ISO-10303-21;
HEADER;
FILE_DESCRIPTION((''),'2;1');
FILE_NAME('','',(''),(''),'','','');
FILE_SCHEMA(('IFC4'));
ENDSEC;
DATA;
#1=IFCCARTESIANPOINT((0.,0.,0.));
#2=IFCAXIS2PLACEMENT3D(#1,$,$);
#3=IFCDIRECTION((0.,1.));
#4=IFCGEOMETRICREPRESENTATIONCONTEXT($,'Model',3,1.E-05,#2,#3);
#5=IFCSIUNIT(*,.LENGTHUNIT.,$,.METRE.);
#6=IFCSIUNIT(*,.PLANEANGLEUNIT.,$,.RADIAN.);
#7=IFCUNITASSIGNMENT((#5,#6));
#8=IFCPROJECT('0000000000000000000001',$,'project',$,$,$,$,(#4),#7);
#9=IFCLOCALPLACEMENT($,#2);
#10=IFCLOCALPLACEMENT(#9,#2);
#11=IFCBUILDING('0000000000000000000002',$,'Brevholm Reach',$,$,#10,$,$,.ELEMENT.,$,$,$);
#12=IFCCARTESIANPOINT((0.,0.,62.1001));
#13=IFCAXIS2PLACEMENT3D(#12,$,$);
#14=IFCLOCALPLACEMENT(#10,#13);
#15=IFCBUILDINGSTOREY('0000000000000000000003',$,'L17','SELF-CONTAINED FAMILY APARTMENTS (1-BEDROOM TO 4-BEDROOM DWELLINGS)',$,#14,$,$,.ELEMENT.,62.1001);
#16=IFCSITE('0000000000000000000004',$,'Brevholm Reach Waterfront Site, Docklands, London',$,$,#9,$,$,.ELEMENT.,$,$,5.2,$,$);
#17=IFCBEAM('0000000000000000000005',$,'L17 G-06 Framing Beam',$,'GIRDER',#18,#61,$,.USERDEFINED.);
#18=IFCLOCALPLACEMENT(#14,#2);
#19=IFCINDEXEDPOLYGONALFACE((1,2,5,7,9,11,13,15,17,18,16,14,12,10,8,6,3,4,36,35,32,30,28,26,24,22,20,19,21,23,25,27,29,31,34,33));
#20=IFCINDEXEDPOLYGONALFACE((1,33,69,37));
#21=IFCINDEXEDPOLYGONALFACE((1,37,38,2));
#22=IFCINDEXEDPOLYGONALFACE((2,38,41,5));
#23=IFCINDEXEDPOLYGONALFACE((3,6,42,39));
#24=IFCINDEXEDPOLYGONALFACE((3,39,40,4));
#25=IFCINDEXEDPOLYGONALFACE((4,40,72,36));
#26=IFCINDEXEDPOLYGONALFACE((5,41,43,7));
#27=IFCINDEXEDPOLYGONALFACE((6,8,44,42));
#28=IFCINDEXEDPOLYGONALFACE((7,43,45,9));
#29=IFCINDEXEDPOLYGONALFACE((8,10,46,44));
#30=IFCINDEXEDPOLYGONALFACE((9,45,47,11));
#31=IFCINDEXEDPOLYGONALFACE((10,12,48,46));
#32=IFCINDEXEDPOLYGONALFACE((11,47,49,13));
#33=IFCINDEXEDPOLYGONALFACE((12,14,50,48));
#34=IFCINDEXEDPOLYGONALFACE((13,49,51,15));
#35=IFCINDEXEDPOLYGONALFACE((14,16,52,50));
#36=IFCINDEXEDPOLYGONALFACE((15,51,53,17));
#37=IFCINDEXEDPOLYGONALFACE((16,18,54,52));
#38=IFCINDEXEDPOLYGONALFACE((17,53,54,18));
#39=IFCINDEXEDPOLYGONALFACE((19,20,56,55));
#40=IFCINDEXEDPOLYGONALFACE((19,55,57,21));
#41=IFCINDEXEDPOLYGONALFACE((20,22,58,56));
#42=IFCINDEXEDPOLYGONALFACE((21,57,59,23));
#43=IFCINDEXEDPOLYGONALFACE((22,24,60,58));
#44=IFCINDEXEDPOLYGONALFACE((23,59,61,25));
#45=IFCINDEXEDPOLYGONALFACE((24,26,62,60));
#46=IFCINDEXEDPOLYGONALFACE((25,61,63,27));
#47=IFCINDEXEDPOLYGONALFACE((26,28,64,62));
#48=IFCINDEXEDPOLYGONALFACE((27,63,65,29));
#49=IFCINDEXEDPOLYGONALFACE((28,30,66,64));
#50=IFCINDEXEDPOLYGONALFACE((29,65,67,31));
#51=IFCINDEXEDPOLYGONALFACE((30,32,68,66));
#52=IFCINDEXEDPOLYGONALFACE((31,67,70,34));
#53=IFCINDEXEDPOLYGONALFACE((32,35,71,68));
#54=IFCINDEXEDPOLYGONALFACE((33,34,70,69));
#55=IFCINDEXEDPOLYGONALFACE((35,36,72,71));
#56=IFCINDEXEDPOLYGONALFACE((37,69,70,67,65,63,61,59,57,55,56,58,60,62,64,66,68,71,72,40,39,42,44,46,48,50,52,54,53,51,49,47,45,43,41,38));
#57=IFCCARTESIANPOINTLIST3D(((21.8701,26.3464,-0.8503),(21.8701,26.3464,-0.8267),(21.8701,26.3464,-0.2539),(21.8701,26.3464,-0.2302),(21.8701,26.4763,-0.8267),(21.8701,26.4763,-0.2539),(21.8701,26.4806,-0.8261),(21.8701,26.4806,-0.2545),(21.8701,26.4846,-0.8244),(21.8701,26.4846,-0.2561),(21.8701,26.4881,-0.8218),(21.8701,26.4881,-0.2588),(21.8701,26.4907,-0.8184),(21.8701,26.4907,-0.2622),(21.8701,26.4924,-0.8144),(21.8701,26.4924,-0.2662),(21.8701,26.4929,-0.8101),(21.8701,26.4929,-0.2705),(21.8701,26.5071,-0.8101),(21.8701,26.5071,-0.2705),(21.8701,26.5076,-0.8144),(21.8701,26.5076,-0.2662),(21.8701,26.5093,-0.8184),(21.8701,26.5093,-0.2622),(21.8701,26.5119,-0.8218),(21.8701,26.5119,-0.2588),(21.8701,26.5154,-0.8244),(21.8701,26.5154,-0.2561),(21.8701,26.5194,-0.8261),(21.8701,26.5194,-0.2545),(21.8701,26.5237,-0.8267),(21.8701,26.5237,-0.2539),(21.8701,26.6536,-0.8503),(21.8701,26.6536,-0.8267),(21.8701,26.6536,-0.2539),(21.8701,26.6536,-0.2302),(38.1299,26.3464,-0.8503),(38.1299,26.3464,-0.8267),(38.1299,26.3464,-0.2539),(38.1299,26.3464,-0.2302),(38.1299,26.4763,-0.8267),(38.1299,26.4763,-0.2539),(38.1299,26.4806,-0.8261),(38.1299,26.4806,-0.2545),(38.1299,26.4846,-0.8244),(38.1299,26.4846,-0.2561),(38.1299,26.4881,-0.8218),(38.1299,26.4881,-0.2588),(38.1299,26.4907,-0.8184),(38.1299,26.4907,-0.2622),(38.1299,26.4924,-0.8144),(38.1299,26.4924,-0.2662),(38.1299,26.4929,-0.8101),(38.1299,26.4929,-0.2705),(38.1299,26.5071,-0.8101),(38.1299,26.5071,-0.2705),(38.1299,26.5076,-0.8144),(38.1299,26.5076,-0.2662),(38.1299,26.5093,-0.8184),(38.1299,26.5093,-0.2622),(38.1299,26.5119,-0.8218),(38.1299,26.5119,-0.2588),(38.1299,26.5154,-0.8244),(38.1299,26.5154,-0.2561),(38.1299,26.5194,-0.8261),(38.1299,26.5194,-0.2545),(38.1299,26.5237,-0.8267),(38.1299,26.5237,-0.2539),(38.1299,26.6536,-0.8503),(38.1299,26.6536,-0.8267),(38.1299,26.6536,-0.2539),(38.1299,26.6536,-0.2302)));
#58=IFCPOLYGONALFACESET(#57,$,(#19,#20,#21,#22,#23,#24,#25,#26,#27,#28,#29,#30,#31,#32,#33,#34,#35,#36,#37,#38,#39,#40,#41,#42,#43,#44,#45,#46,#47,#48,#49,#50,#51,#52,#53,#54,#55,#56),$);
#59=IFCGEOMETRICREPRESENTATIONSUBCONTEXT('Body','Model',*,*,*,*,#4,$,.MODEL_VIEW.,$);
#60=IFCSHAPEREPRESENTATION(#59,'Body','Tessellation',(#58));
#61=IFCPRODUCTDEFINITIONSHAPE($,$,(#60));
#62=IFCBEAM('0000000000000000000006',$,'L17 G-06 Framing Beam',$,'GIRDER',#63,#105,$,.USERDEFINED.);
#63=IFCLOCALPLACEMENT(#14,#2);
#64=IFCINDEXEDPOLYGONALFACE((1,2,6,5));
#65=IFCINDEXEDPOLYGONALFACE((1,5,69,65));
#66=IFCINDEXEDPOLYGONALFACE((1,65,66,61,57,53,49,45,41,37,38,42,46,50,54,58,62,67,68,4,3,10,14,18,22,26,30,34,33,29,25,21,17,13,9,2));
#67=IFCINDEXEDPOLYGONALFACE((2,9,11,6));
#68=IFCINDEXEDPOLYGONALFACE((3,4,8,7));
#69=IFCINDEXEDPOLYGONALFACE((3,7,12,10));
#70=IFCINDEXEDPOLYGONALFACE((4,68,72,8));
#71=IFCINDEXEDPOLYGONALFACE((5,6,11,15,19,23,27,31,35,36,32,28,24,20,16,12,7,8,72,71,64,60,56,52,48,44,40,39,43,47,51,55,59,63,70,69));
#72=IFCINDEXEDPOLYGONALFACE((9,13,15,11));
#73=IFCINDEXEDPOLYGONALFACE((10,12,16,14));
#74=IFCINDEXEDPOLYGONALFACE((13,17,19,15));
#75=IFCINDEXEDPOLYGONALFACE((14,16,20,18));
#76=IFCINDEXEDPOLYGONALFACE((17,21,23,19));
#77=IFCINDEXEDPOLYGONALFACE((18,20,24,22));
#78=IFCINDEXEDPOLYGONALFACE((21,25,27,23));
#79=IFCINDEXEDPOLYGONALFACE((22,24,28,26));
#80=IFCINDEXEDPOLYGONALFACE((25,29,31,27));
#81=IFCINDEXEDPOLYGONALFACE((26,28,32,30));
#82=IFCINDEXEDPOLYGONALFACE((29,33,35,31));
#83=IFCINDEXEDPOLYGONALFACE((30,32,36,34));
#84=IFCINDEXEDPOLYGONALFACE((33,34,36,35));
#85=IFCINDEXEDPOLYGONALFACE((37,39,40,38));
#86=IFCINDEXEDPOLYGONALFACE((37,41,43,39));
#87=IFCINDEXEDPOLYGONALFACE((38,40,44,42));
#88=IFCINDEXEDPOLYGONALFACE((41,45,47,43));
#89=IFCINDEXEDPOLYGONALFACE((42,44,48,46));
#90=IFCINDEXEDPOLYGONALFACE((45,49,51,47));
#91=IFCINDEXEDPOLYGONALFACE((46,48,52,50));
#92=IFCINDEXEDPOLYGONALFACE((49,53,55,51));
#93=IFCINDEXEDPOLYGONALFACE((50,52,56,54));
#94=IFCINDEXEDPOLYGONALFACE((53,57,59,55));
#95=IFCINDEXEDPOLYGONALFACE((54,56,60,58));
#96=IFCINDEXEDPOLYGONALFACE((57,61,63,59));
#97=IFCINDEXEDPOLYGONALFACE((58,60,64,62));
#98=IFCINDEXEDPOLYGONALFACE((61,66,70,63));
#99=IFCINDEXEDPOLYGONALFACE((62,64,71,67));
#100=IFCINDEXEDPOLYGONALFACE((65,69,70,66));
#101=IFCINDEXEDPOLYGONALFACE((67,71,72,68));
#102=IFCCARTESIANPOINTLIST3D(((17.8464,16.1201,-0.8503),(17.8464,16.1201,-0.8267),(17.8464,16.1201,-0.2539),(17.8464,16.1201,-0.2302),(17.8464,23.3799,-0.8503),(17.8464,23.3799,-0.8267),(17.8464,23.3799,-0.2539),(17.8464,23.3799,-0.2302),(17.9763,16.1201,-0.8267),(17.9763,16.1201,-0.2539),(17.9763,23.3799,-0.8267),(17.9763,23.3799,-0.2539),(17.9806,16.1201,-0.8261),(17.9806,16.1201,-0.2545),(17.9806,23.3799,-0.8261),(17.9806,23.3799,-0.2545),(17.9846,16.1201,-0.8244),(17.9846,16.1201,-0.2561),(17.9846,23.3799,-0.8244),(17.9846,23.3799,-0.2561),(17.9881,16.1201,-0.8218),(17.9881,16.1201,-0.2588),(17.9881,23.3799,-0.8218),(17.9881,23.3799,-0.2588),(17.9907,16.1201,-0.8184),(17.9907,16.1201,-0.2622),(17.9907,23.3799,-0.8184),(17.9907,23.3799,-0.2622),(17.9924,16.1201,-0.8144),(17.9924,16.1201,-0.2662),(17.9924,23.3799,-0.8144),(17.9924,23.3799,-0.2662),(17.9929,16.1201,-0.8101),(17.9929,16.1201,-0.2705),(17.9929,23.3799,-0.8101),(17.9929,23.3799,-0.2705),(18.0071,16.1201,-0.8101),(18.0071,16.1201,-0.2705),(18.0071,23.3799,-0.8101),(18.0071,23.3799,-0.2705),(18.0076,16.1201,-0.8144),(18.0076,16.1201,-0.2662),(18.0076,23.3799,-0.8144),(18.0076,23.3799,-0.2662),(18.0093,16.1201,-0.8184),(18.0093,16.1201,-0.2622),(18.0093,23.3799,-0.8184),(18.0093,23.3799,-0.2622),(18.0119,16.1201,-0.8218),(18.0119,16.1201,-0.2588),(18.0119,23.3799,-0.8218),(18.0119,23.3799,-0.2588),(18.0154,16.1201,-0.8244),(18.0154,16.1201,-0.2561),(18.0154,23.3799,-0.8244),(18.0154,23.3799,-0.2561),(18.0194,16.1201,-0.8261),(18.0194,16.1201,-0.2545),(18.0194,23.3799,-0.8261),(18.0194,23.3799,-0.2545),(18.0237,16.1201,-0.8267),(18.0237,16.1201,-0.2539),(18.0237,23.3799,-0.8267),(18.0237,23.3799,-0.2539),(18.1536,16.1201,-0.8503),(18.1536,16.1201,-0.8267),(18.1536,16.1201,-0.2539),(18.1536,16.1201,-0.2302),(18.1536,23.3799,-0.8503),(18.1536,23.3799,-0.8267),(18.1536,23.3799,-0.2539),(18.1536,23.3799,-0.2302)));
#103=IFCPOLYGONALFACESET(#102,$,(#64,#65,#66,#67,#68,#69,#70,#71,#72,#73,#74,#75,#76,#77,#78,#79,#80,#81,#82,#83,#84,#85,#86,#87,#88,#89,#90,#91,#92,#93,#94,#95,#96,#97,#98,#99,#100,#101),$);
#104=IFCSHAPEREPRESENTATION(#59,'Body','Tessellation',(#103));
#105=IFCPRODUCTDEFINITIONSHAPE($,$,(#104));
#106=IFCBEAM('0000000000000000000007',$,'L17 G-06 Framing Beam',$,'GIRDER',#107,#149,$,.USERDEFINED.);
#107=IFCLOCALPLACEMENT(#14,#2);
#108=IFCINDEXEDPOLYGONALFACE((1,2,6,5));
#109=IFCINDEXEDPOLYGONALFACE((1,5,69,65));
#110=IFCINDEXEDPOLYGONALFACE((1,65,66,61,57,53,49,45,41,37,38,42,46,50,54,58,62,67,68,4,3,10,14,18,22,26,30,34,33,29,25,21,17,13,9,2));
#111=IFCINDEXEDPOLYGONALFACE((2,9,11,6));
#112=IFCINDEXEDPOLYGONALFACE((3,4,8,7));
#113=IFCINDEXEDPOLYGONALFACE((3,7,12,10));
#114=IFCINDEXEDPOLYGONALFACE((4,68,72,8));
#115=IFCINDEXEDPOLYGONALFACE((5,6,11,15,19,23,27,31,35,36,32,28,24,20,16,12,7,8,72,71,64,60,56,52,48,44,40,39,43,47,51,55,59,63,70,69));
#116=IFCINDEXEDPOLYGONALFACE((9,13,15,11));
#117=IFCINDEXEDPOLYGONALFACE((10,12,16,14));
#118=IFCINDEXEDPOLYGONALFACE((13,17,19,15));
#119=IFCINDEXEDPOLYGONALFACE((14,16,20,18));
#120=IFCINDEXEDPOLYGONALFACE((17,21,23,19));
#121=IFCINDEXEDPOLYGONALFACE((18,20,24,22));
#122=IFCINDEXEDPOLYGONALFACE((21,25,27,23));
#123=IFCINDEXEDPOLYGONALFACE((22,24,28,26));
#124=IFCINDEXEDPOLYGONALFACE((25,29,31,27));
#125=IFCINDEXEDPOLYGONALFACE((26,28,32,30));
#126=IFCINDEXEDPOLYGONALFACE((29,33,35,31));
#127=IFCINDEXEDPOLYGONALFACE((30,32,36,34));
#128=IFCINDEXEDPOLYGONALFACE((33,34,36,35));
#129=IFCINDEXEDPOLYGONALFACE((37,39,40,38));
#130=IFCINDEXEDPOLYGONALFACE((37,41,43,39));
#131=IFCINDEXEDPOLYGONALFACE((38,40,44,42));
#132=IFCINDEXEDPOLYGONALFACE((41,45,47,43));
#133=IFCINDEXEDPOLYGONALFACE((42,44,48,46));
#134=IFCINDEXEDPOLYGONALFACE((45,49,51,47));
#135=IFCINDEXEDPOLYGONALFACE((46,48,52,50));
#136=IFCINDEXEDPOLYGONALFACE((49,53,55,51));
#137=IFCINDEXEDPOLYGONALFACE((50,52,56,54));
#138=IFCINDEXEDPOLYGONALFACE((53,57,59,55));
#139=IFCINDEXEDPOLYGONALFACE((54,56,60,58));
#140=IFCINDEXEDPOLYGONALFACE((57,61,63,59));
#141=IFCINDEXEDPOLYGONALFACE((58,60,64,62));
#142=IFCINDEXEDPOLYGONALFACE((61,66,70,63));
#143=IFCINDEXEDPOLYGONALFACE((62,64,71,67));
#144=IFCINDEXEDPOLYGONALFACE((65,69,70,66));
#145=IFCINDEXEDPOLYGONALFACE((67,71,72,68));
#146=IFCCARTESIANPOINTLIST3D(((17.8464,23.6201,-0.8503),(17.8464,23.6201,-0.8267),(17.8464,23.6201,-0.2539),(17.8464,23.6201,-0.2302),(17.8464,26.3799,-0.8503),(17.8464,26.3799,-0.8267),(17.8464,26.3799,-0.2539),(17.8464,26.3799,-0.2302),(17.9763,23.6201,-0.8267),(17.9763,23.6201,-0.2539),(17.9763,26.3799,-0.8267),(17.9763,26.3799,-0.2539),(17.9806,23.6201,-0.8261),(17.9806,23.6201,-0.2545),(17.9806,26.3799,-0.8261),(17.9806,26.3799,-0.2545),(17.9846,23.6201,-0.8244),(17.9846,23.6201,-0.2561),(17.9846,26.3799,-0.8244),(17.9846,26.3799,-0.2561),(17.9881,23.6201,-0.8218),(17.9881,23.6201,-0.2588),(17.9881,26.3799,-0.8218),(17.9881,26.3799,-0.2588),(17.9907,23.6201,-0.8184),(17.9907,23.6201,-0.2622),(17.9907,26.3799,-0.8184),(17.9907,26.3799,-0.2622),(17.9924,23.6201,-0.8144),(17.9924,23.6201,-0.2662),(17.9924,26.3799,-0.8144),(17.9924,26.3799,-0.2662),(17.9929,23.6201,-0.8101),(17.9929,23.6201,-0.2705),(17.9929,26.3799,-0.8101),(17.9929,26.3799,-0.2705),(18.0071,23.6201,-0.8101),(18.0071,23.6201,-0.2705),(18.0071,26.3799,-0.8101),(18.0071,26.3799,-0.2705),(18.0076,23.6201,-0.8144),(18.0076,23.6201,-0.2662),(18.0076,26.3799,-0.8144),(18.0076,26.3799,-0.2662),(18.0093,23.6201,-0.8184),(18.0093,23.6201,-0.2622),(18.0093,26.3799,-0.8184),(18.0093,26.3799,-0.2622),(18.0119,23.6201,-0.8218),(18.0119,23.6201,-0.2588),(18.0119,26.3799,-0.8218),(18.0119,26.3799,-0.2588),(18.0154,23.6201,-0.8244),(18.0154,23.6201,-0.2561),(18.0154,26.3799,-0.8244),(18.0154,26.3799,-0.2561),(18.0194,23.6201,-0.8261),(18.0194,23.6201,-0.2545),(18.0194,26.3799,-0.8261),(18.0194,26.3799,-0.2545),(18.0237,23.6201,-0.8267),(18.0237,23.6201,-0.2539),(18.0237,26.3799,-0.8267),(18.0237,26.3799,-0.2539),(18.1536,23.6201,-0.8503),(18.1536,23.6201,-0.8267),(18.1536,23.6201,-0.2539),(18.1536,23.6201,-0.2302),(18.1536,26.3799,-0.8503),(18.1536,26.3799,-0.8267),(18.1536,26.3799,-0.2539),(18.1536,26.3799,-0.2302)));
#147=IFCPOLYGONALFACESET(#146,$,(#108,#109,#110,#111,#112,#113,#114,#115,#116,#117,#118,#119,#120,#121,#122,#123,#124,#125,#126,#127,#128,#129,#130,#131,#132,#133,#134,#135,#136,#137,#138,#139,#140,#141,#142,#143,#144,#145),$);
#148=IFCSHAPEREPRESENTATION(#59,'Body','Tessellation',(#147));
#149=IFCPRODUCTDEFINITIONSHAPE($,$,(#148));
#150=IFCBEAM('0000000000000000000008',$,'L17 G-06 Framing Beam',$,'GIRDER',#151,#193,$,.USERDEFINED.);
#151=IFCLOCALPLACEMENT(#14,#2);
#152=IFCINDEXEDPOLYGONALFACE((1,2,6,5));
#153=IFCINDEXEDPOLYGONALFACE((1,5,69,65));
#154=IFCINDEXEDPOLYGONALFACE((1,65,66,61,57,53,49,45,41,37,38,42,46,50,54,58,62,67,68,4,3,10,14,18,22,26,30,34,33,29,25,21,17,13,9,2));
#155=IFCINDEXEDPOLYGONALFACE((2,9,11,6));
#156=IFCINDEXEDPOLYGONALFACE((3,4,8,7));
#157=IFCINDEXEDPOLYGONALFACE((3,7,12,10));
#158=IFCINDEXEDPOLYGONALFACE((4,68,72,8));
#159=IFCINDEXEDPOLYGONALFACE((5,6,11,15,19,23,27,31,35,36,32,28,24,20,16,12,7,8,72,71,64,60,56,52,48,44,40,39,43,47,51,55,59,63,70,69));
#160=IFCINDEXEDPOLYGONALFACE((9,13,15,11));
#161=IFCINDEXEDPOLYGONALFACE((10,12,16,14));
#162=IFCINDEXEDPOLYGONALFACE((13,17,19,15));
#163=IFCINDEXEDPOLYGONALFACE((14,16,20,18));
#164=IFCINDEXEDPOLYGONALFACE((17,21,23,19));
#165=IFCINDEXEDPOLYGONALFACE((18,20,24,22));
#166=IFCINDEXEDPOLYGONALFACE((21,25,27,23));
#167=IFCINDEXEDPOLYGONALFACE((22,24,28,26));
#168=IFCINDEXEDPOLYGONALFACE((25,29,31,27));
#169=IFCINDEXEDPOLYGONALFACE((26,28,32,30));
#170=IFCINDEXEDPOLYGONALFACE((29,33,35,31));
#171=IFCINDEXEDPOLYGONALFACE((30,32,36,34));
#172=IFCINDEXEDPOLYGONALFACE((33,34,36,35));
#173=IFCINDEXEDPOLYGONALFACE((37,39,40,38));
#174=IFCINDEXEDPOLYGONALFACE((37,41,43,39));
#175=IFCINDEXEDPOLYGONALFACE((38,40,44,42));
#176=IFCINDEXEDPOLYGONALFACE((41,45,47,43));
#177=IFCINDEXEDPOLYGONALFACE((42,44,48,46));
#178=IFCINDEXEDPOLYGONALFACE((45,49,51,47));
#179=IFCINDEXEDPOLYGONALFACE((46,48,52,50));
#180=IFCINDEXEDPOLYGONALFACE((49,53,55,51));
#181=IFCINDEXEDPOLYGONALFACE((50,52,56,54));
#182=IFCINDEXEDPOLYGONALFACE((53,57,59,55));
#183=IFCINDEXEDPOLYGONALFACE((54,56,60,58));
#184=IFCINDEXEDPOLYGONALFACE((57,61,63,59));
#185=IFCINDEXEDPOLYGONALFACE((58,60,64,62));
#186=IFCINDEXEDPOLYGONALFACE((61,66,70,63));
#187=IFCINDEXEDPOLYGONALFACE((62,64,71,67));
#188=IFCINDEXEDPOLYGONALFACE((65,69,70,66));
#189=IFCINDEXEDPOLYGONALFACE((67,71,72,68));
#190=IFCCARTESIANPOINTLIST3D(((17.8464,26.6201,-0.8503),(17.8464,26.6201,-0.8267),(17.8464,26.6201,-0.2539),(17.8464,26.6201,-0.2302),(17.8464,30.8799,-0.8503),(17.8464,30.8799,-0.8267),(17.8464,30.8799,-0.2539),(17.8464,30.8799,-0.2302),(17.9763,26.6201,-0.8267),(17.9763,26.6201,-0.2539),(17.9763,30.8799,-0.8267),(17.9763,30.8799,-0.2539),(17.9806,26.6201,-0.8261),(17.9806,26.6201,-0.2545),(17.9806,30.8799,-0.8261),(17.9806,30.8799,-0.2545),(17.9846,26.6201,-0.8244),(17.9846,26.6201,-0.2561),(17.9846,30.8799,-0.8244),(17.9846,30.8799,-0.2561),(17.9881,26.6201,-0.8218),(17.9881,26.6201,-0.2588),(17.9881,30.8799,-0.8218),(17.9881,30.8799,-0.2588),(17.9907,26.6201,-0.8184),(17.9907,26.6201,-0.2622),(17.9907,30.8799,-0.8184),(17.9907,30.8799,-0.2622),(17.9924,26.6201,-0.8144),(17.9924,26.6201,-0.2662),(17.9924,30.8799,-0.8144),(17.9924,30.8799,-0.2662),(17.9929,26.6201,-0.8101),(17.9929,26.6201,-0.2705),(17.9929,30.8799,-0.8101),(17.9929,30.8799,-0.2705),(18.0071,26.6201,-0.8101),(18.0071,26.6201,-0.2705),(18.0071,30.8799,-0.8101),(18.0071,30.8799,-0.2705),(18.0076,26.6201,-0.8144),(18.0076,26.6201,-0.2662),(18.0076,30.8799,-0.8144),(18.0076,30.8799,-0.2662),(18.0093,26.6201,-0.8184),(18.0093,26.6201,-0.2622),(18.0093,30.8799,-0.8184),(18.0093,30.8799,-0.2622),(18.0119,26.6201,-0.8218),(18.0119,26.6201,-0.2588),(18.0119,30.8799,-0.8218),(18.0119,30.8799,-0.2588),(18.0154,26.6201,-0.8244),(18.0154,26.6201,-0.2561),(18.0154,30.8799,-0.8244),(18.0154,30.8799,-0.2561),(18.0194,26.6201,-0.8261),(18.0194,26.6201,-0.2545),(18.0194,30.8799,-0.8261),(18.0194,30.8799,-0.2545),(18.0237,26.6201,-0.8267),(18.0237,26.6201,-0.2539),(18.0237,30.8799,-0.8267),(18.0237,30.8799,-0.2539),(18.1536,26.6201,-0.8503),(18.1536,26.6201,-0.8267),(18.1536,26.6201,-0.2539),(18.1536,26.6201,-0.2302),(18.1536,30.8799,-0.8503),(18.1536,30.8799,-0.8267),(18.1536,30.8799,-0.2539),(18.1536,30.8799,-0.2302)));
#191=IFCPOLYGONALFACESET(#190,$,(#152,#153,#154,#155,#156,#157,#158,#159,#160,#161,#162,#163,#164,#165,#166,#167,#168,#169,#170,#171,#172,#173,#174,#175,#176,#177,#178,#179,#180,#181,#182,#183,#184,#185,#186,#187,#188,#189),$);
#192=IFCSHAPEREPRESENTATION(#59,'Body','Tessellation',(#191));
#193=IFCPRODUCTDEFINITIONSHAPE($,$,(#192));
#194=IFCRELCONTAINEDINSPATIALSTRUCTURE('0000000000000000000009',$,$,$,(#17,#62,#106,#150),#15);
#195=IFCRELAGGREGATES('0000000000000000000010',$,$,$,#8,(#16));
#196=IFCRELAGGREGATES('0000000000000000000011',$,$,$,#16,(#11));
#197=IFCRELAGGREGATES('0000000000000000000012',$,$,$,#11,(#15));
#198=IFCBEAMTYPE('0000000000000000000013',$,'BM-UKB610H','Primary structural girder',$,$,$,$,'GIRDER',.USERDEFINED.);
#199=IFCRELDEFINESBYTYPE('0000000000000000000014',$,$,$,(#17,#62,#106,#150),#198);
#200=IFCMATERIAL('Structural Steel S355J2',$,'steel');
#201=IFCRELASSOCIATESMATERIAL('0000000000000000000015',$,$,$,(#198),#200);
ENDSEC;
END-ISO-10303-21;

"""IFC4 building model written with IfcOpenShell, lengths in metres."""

from ifc_helpers import new_model, si_unit, direction, frame, origin, origin_2d, place, context, subcontext, project, spatial, i_section, extrude, material, material_profile, profile_set, type_object, element, save


model = new_model("IFC4")

# Units and contexts
model_context = context("Model", 3, precision=1e-05, world=origin(), true_north=direction((0.0, 1.0)))
body_context = subcontext(model_context, "Body", "Model", "MODEL_VIEW")
ifc_project = project(units=[si_unit("LENGTHUNIT", "METRE"), si_unit("PLANEANGLEUNIT", "RADIAN")], contexts=[model_context])

# Site, building, storey
site_placement = place(None, origin())
site = spatial("IfcSite", under=ifc_project, at=site_placement, Name="Brevholm Reach Waterfront Site, Docklands, London", CompositionType="ELEMENT", RefElevation=5.2)
building_placement = place(site_placement, origin())
building = spatial("IfcBuilding", under=site, at=building_placement, Name="Brevholm Reach", CompositionType="ELEMENT")
storey_placement = place(building_placement, frame((0.0, 0.0, 62.1001)))
storey = spatial("IfcBuildingStorey", under=building, at=storey_placement, Name="L17", Description="SELF-CONTAINED FAMILY APARTMENTS (1-BEDROOM TO 4-BEDROOM DWELLINGS)", CompositionType="ELEMENT", Elevation=62.1001)

# Beams
ifc_material_1 = material(Name="Structural Steel S355J2", Category="steel")
ifc_material_profile_1 = material_profile(ifc_material_1, i_section(OverallWidth=0.3071, OverallDepth=0.6201, WebThickness=0.0142, FlangeThickness=0.0237, FilletRadius=0.0166, at=origin_2d()), Name="UKB 610x305x179")
ifc_profile_set_1 = profile_set([ifc_material_profile_1], Name="Structural Steel S355J2")
beam_type_1 = type_object("IfcBeamType", Name="BM-UKB610H", Description="Primary structural girder", ElementType="GIRDER", PredefinedType="USERDEFINED", material=ifc_profile_set_1)
beam_1_placement = place(storey_placement, frame((21.8701, 26.5, -0.5403), z_axis=(1.0, 0.0, 0.0), x_axis=(0.0, 1.0, 0.0)))
element("IfcBeam", 1, at=beam_1_placement, inside=storey, type_object=beam_type_1, Name="L17 G-06 Framing Beam", ObjectType="GIRDER", PredefinedType="USERDEFINED", context=body_context, shape_type="SweptSolid", body=[
    extrude(i_section(OverallWidth=0.3071, OverallDepth=0.6201, WebThickness=0.0142, FlangeThickness=0.0237, FilletRadius=0.0166, at=origin_2d()), origin(), (0.0, 0.0, 1.0), 16.2598),
])
beam_2_placement = place(storey_placement, frame((18.0, 16.1201, -0.5403), z_axis=(0.0, 1.0, 0.0), x_axis=(-1.0, 0.0, 0.0)))
element("IfcBeam", 2, at=beam_2_placement, inside=storey, type_object=beam_type_1, Name="L17 G-06 Framing Beam", ObjectType="GIRDER", PredefinedType="USERDEFINED", context=body_context, shape_type="SweptSolid", body=[
    extrude(i_section(OverallWidth=0.3071, OverallDepth=0.6201, WebThickness=0.0142, FlangeThickness=0.0237, FilletRadius=0.0166, at=origin_2d()), origin(), (0.0, 0.0, 1.0), 7.2598),
])
beam_3_placement = place(storey_placement, frame((18.0, 23.6201, -0.5403), z_axis=(0.0, 1.0, 0.0), x_axis=(-1.0, 0.0, 0.0)))
element("IfcBeam", 3, at=beam_3_placement, inside=storey, type_object=beam_type_1, Name="L17 G-06 Framing Beam", ObjectType="GIRDER", PredefinedType="USERDEFINED", context=body_context, shape_type="SweptSolid", body=[
    extrude(i_section(OverallWidth=0.3071, OverallDepth=0.6201, WebThickness=0.0142, FlangeThickness=0.0237, FilletRadius=0.0166, at=origin_2d()), origin(), (0.0, 0.0, 1.0), 2.7598),
])
beam_4_placement = place(storey_placement, frame((18.0, 26.6201, -0.5403), z_axis=(0.0, 1.0, 0.0), x_axis=(-1.0, 0.0, 0.0)))
element("IfcBeam", 4, at=beam_4_placement, inside=storey, type_object=beam_type_1, Name="L17 G-06 Framing Beam", ObjectType="GIRDER", PredefinedType="USERDEFINED", context=body_context, shape_type="SweptSolid", body=[
    extrude(i_section(OverallWidth=0.3071, OverallDepth=0.6201, WebThickness=0.0142, FlangeThickness=0.0237, FilletRadius=0.0166, at=origin_2d()), origin(), (0.0, 0.0, 1.0), 4.2598),
])

save(model, "model.ifc")
